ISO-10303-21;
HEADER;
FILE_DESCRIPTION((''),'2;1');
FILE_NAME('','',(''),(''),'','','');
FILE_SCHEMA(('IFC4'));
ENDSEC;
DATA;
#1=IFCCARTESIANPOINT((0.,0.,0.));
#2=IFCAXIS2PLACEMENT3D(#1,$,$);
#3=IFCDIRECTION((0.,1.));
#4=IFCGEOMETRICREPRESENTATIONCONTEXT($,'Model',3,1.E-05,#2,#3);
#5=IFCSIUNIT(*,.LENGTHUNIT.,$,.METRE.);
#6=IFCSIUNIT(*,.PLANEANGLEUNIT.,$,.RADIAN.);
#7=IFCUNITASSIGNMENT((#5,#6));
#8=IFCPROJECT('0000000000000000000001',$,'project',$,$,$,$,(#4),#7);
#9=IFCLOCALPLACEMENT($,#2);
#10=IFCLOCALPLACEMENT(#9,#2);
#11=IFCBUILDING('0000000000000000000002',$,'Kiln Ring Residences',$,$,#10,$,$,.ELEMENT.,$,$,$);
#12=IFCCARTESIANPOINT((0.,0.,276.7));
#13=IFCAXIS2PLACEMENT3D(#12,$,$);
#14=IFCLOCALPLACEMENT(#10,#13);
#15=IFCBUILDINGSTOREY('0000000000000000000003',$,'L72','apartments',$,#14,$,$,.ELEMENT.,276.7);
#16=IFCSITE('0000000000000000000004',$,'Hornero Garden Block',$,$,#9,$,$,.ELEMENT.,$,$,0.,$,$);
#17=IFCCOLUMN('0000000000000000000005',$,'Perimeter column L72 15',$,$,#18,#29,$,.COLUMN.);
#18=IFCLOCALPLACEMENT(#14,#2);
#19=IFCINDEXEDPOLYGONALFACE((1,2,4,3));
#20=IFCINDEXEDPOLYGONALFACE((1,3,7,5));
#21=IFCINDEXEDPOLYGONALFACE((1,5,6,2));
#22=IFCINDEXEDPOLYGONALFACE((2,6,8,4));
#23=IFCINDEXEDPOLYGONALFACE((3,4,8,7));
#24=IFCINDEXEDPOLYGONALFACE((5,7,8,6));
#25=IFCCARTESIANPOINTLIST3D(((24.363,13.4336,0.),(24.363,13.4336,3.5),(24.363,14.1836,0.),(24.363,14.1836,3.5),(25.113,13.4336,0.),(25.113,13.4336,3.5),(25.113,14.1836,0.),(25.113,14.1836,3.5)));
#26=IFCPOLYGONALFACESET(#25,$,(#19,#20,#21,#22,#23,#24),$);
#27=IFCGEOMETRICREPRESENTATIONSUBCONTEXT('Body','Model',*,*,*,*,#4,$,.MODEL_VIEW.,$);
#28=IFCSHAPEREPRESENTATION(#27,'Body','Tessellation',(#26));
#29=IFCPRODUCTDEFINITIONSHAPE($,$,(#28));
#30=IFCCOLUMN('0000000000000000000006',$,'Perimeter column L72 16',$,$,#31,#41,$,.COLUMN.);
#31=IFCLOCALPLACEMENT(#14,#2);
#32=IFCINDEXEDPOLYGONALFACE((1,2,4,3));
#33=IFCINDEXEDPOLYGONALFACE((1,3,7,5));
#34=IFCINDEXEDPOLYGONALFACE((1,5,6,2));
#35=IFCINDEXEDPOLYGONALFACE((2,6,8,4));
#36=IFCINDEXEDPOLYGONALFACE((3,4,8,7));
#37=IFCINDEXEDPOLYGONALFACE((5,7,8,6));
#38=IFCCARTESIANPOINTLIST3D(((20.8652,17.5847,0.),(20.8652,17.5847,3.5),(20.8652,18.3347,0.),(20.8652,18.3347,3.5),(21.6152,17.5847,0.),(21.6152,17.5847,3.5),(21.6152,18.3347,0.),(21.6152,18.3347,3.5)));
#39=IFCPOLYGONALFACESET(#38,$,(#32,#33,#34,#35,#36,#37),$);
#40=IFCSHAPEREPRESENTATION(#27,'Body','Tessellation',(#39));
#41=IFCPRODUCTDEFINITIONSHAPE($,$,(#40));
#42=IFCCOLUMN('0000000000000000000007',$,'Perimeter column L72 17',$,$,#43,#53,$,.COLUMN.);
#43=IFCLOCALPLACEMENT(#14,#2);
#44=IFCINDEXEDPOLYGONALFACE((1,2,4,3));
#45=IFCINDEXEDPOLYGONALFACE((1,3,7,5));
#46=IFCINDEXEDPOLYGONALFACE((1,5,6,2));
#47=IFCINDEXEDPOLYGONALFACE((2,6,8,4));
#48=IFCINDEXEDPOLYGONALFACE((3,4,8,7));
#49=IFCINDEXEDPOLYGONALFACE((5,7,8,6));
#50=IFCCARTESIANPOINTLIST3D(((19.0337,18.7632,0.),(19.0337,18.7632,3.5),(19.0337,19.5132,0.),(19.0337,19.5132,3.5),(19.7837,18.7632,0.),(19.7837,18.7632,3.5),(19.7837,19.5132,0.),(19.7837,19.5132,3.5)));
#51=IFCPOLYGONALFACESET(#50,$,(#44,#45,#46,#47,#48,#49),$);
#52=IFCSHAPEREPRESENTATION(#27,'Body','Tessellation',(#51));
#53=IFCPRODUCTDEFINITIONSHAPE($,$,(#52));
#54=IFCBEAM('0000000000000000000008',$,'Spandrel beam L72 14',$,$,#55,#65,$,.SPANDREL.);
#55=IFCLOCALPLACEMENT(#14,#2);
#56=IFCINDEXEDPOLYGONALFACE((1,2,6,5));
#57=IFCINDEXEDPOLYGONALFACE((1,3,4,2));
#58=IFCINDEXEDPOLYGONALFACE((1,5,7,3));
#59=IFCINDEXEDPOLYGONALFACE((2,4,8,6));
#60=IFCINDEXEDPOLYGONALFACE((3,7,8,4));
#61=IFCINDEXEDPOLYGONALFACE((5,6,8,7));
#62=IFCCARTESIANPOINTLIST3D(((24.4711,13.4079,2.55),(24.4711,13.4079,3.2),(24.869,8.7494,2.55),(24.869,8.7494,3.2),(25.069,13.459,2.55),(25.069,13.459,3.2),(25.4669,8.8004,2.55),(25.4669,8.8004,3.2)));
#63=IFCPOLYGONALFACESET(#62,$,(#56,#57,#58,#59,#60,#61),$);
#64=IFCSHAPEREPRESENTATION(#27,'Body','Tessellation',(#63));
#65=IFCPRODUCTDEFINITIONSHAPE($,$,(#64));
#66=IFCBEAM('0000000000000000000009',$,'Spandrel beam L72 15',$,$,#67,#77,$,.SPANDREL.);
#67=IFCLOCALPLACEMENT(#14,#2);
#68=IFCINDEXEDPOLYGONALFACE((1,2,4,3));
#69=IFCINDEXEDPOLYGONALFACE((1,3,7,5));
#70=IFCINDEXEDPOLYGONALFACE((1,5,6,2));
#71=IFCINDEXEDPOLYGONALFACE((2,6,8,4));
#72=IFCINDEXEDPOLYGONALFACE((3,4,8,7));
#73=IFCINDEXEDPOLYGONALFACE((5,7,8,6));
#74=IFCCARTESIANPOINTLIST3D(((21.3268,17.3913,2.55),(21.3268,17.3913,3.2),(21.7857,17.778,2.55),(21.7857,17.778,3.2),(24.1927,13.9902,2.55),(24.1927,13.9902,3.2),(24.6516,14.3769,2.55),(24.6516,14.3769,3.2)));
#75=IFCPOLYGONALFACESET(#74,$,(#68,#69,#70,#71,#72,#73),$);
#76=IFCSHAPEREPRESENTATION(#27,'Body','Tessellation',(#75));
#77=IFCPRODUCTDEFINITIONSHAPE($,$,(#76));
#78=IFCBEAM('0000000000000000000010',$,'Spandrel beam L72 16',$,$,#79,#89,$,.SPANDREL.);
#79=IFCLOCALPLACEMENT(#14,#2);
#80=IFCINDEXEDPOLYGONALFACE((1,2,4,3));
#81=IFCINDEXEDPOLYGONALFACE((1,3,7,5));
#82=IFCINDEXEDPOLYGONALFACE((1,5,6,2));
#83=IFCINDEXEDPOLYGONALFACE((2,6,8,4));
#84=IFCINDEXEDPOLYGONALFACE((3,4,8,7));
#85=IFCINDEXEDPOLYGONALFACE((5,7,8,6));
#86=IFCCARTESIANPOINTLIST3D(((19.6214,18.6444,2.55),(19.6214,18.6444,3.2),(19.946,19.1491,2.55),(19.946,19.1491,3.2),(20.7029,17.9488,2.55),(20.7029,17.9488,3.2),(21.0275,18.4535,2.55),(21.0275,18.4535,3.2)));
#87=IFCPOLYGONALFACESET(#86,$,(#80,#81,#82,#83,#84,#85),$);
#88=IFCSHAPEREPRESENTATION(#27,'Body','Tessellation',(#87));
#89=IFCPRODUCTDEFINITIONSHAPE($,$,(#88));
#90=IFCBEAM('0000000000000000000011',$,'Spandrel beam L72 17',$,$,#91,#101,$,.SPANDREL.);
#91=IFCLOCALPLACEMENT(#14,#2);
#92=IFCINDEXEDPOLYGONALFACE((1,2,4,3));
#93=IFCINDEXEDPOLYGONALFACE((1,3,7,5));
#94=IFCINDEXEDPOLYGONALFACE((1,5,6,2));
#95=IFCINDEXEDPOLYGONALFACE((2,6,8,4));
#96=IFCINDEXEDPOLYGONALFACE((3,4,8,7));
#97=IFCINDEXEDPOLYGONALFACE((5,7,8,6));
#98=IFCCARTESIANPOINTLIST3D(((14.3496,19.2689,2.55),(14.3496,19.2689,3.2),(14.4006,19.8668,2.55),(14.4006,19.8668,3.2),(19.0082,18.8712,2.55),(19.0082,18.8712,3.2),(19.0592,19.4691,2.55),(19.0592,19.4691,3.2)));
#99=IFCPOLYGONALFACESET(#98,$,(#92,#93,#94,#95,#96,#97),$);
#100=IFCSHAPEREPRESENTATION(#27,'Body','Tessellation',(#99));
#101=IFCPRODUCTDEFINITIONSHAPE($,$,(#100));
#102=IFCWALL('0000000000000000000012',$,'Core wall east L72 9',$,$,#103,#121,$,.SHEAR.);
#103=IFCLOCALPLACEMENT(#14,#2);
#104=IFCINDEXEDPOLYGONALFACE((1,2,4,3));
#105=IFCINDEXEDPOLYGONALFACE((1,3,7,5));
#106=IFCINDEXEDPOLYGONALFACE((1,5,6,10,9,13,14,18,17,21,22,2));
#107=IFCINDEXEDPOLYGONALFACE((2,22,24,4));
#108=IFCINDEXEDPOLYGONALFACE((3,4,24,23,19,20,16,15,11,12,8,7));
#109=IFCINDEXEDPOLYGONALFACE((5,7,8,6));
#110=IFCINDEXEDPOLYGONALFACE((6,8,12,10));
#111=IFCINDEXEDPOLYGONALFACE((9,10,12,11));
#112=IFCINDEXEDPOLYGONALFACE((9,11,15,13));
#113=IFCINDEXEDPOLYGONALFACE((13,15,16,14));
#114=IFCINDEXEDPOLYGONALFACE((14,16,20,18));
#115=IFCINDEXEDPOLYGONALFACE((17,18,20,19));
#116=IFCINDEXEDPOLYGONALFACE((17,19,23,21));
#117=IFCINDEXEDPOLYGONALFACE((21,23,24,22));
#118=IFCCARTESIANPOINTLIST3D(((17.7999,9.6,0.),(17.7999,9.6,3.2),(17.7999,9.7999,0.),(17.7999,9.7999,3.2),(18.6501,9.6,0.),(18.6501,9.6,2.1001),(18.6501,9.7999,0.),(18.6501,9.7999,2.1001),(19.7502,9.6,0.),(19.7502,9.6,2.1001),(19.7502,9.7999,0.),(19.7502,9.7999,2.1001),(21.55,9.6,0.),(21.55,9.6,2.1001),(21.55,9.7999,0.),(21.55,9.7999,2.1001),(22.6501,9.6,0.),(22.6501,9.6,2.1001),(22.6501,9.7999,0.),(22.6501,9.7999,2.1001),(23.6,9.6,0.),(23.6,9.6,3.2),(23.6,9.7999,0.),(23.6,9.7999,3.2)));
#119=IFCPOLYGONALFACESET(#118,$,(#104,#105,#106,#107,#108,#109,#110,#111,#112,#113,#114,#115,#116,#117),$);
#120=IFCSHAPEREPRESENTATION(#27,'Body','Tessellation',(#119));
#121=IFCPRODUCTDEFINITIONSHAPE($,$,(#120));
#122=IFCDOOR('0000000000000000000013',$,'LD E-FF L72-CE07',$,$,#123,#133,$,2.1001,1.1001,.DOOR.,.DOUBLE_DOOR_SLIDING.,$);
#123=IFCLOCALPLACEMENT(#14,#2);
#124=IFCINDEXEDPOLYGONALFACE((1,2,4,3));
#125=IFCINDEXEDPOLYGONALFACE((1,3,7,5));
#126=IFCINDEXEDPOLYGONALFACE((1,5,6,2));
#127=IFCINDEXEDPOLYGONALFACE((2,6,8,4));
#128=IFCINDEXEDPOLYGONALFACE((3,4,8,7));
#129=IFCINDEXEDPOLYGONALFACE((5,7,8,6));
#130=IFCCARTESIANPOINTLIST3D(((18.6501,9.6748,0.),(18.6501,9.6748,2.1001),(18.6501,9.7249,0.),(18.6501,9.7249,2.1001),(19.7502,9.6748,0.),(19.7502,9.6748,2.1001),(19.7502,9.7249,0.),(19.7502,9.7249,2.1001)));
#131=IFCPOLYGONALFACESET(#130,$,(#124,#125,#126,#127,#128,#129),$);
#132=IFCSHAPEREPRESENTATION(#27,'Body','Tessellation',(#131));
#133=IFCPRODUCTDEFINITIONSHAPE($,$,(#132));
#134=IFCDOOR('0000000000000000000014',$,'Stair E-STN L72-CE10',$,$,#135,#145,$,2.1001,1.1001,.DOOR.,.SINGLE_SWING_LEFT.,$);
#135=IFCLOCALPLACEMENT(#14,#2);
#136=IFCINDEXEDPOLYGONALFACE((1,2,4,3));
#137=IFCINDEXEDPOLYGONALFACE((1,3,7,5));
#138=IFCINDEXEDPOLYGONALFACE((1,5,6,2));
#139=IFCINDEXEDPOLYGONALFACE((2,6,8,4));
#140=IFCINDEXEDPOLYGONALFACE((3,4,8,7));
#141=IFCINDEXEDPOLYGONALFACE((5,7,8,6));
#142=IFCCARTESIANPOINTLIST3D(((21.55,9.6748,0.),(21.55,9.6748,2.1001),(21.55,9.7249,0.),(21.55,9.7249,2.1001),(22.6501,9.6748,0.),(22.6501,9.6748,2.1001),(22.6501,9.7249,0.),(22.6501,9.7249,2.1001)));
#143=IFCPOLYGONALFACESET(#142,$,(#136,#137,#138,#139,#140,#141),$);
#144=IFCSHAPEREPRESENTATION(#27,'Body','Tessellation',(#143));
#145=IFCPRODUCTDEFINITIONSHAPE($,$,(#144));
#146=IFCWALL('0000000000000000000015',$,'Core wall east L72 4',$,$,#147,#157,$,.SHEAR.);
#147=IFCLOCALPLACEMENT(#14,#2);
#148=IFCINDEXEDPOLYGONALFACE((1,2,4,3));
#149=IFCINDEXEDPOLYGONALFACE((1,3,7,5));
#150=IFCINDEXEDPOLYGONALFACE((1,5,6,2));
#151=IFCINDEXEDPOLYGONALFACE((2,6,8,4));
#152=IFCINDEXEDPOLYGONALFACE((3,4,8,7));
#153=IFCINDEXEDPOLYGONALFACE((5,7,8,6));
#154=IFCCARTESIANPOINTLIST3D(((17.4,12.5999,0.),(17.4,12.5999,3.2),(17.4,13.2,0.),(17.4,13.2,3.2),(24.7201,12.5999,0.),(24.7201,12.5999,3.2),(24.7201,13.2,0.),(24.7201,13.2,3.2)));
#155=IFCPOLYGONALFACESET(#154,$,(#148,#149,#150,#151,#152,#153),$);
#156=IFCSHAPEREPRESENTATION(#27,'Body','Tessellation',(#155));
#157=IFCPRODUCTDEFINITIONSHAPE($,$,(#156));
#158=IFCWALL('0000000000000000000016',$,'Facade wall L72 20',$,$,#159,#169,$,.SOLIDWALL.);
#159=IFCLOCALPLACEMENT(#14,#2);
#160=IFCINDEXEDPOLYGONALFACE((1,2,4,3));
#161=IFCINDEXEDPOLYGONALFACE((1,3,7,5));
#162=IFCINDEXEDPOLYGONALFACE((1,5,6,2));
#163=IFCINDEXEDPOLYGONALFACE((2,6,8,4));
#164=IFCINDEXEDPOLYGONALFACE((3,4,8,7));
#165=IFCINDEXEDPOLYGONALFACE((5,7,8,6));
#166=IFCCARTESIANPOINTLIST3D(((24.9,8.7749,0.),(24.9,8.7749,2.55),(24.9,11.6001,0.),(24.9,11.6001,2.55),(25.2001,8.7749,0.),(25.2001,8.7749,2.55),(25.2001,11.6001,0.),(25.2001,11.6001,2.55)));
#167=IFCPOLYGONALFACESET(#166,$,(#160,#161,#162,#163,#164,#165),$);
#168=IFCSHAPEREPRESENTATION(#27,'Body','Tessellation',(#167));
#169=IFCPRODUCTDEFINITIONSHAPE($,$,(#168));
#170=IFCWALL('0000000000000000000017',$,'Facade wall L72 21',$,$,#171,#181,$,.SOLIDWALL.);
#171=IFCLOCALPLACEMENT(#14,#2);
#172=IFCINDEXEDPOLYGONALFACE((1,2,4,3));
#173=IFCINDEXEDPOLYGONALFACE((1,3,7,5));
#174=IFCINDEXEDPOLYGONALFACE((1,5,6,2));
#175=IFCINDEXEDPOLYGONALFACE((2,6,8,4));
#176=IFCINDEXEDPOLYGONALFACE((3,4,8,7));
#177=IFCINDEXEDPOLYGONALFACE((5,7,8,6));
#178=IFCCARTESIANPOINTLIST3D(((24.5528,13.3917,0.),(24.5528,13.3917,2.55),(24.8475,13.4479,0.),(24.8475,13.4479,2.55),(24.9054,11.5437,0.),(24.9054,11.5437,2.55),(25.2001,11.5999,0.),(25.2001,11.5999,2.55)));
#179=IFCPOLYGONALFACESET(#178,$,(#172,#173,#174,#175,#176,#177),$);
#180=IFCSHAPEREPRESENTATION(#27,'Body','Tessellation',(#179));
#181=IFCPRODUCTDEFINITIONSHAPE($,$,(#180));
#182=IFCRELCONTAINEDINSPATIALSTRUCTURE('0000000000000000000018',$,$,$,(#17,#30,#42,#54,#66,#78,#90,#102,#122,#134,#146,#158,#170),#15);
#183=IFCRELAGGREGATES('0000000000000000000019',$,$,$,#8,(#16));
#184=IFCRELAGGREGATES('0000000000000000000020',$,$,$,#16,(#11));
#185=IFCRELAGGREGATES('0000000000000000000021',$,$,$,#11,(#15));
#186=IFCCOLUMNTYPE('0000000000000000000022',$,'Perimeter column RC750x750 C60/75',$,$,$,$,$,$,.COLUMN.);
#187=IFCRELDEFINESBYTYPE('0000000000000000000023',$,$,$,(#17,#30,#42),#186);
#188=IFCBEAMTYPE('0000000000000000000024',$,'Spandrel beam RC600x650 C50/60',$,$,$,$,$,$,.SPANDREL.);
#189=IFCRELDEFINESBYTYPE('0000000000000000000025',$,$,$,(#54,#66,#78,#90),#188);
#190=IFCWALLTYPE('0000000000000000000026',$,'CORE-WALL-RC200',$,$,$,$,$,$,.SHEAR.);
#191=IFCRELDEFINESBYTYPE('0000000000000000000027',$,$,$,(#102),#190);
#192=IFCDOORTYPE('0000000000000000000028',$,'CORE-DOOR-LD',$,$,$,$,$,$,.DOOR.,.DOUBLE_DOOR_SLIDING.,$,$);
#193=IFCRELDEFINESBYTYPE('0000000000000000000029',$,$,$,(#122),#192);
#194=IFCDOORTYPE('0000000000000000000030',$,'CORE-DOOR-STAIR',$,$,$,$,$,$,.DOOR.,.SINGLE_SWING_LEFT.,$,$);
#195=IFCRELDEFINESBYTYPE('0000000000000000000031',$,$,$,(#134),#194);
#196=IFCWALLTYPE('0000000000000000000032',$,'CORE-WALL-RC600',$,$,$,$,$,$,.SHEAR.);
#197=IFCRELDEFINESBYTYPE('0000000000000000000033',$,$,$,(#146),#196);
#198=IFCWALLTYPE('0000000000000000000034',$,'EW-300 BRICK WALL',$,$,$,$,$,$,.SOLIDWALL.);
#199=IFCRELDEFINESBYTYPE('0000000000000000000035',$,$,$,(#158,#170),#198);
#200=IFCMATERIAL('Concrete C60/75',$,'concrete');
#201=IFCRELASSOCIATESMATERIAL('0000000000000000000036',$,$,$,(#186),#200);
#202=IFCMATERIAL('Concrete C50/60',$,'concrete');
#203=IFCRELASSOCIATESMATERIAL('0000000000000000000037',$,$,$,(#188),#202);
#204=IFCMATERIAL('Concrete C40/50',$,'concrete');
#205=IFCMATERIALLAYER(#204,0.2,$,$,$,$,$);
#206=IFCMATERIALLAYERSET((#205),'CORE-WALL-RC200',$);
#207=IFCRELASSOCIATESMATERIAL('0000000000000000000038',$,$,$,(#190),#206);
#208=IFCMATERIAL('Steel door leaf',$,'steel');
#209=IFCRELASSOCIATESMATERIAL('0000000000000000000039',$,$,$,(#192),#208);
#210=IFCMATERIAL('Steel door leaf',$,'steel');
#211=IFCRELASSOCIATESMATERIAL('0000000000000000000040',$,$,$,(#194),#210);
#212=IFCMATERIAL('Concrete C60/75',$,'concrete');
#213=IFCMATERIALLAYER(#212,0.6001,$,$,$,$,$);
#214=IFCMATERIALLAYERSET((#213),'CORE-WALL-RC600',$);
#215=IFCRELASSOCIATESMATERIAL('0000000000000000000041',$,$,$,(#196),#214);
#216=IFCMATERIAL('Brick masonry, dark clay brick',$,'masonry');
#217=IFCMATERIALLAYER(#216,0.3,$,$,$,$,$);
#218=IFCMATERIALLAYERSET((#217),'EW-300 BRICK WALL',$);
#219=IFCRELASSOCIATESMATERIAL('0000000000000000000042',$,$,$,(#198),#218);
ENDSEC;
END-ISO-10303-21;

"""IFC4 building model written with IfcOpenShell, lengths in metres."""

from ifc_helpers import new_model, si_unit, direction, frame, frame_2d, origin, origin_2d, place, context, subcontext, project, spatial, rectangle, extrude, material, layer, layer_set, material_profile, profile_set, type_object, element, fill, save


model = new_model("IFC4")

# Units and contexts
model_context = context("Model", 3, precision=1e-05, world=origin(), true_north=direction((0.0, 1.0)))
body_context = subcontext(model_context, "Body", "Model", "MODEL_VIEW")
ifc_project = project(units=[si_unit("LENGTHUNIT", "METRE"), si_unit("PLANEANGLEUNIT", "RADIAN")], contexts=[model_context])

# Site, building, storey
site_placement = place(None, origin())
site = spatial("IfcSite", under=ifc_project, at=site_placement, Name="Hornero Garden Block", CompositionType="ELEMENT", RefElevation=0.0)
building_placement = place(site_placement, origin())
building = spatial("IfcBuilding", under=site, at=building_placement, Name="Kiln Ring Residences", CompositionType="ELEMENT")
storey_placement = place(building_placement, frame((0.0, 0.0, 276.7)))
storey = spatial("IfcBuildingStorey", under=building, at=storey_placement, Name="L72", Description="apartments", CompositionType="ELEMENT", Elevation=276.7)

# Columns
ifc_material_1 = material(Name="Concrete C60/75", Category="concrete")
ifc_material_profile_1 = material_profile(ifc_material_1, rectangle(XDim=0.75, YDim=0.75, at=origin_2d()), Name="RC750x750")
ifc_profile_set_1 = profile_set([ifc_material_profile_1], Name="Concrete C60/75")
column_type = type_object("IfcColumnType", Name="Perimeter column RC750x750 C60/75", PredefinedType="COLUMN", material=ifc_profile_set_1)
for number, where, z_axis, x_axis, name in (
    (1, (24.738, 13.8086, 0.0), (0.0, 0.0, 1.0), (1.0, 0.0, 0.0), "Perimeter column L72 15"),
    (2, (21.2402, 17.9597, 0.0), (0.0, 0.0, 1.0), (1.0, 0.0, 0.0), "Perimeter column L72 16"),
    (3, (19.4087, 19.1382, 0.0), (0.0, 0.0, 1.0), (1.0, 0.0, 0.0), "Perimeter column L72 17"),
):
    element("IfcColumn", number, at=place(storey_placement, frame(where, z_axis=z_axis, x_axis=x_axis)), inside=storey, type_object=column_type, Name=name, PredefinedType="COLUMN", context=body_context, shape_type="SweptSolid", body=[
        extrude(rectangle(XDim=0.75, YDim=0.75, at=origin_2d()), origin(), (0.0, 0.0, 1.0), 3.5),
    ])

# Beams
ifc_material_2 = material(Name="Concrete C50/60", Category="concrete")
ifc_material_profile_2 = material_profile(ifc_material_2, rectangle(XDim=0.6001, YDim=0.6499, at=origin_2d()), Name="RC600x650")
ifc_profile_set_2 = profile_set([ifc_material_profile_2], Name="Concrete C50/60")
beam_type = type_object("IfcBeamType", Name="Spandrel beam RC600x650 C50/60", PredefinedType="SPANDREL", material=ifc_profile_set_2)
beam_1_placement = place(storey_placement, frame((25.168, 8.7749, 2.875), z_axis=(-0.085111, 0.996371, 0.0), x_axis=(-0.996371, -0.085111, 0.0)))
element("IfcBeam", 4, at=beam_1_placement, inside=storey, type_object=beam_type, Name="Spandrel beam L72 14", PredefinedType="SPANDREL", context=body_context, shape_type="SweptSolid", body=[
    extrude(rectangle(XDim=0.6001, YDim=0.6499, at=origin_2d()), origin(), (0.0, 0.0, 1.0), 4.6755),
])
beam_2_placement = place(storey_placement, frame((24.4221, 14.1836, 2.875), z_axis=(-0.644381, 0.764705, 0.0), x_axis=(-0.764705, -0.644381, 0.0)))
element("IfcBeam", 5, at=beam_2_placement, inside=storey, type_object=beam_type, Name="Spandrel beam L72 15", PredefinedType="SPANDREL", context=body_context, shape_type="SweptSolid", body=[
    extrude(rectangle(XDim=0.6001, YDim=0.6499, at=origin_2d()), origin(), (0.0, 0.0, 1.0), 4.4475),
])
beam_3_placement = place(storey_placement, frame((20.8652, 18.2012, 2.875), z_axis=(-0.84108, 0.540911, 0.0), x_axis=(-0.540911, -0.84108, 0.0)))
element("IfcBeam", 6, at=beam_3_placement, inside=storey, type_object=beam_type, Name="Spandrel beam L72 16", PredefinedType="SPANDREL", context=body_context, shape_type="SweptSolid", body=[
    extrude(rectangle(XDim=0.6001, YDim=0.6499, at=origin_2d()), origin(), (0.0, 0.0, 1.0), 1.2859),
])
beam_4_placement = place(storey_placement, frame((19.0337, 19.1702, 2.875), z_axis=(-0.996376, 0.085059, 0.0), x_axis=(-0.085059, -0.996376, 0.0)))
element("IfcBeam", 7, at=beam_4_placement, inside=storey, type_object=beam_type, Name="Spandrel beam L72 17", PredefinedType="SPANDREL", context=body_context, shape_type="SweptSolid", body=[
    extrude(rectangle(XDim=0.6001, YDim=0.6499, at=origin_2d()), origin(), (0.0, 0.0, 1.0), 4.6755),
])

# Wall, openings, doors
ifc_material_3 = material(Name="Concrete C40/50", Category="concrete")
ifc_layer_1 = layer(ifc_material_3, 0.2)
ifc_layer_set_1 = layer_set([ifc_layer_1], Name="CORE-WALL-RC200")
wall_type_1 = type_object("IfcWallType", Name="CORE-WALL-RC200", PredefinedType="SHEAR", material=ifc_layer_set_1)
wall_1_placement = place(storey_placement, frame((17.8, 9.7, 0.0), z_axis=(0.0, 0.0, 1.0), x_axis=(1.0, 0.0, 0.0)))
wall_1 = element("IfcWall", 8, at=wall_1_placement, inside=storey, type_object=wall_type_1, Name="Core wall east L72 9", PredefinedType="SHEAR", context=body_context, shape_type="SweptSolid", body=[
    extrude(rectangle(XDim=5.8, YDim=0.2, at=frame_2d((2.8999, 0.0))), origin(), (0.0, 0.0, 1.0), 3.2),
])
opening_1_placement = place(wall_1_placement, frame((0.8501, 0.0, 0.0)))
opening_1 = element("IfcOpeningElement", 9, at=opening_1_placement, cuts=wall_1, PredefinedType="OPENING", context=body_context, shape_type="SweptSolid", body=[
    extrude(rectangle(XDim=1.1001, YDim=2.1001, at=frame_2d((0.55, 1.05))), frame((0.0, 0.1099, 0.0), z_axis=(0.0, -1.0, 0.0), x_axis=(1.0, 0.0, 0.0)), (0.0, 0.0, 1.0), 0.22),
])
opening_2_placement = place(wall_1_placement, frame((3.75, 0.0, 0.0)))
opening_2 = element("IfcOpeningElement", 10, at=opening_2_placement, cuts=wall_1, PredefinedType="OPENING", context=body_context, shape_type="SweptSolid", body=[
    extrude(rectangle(XDim=1.1001, YDim=2.1001, at=frame_2d((0.55, 1.05))), frame((0.0, 0.1099, 0.0), z_axis=(0.0, -1.0, 0.0), x_axis=(1.0, 0.0, 0.0)), (0.0, 0.0, 1.0), 0.22),
])
ifc_material_4 = material(Name="Steel door leaf", Category="steel")
door_type_1 = type_object("IfcDoorType", Name="CORE-DOOR-LD", OperationType="DOUBLE_DOOR_SLIDING", PredefinedType="DOOR", material=ifc_material_4)
door_1_placement = place(opening_1_placement, origin())
door_1 = element("IfcDoor", 11, at=door_1_placement, inside=storey, type_object=door_type_1, Name="LD E-FF L72-CE07", OperationType="DOUBLE_DOOR_SLIDING", OverallHeight=2.1001, OverallWidth=1.1001, PredefinedType="DOOR", context=body_context, shape_type="SweptSolid", body=[
    extrude(rectangle(XDim=1.1001, YDim=2.1001, at=frame_2d((0.55, 1.05))), frame((0.0, 0.0249, 0.0), z_axis=(0.0, -1.0, 0.0), x_axis=(1.0, 0.0, 0.0)), (0.0, 0.0, 1.0), 0.05),
])
fill(opening_1, door_1)
ifc_material_5 = material(Name="Steel door leaf", Category="steel")
door_type_2 = type_object("IfcDoorType", Name="CORE-DOOR-STAIR", OperationType="SINGLE_SWING_LEFT", PredefinedType="DOOR", material=ifc_material_5)
door_2_placement = place(opening_2_placement, origin())
door_2 = element("IfcDoor", 12, at=door_2_placement, inside=storey, type_object=door_type_2, Name="Stair E-STN L72-CE10", OperationType="SINGLE_SWING_LEFT", OverallHeight=2.1001, OverallWidth=1.1001, PredefinedType="DOOR", context=body_context, shape_type="SweptSolid", body=[
    extrude(rectangle(XDim=1.1001, YDim=2.1001, at=frame_2d((0.55, 1.05))), frame((0.0, 0.0249, 0.0), z_axis=(0.0, -1.0, 0.0), x_axis=(1.0, 0.0, 0.0)), (0.0, 0.0, 1.0), 0.05),
])
fill(opening_2, door_2)

# Walls
ifc_material_6 = material(Name="Concrete C60/75", Category="concrete")
ifc_layer_2 = layer(ifc_material_6, 0.6001)
ifc_layer_set_2 = layer_set([ifc_layer_2], Name="CORE-WALL-RC600")
wall_type_2 = type_object("IfcWallType", Name="CORE-WALL-RC600", PredefinedType="SHEAR", material=ifc_layer_set_2)
wall_2_placement = place(storey_placement, frame((17.3999, 12.8999, 0.0), z_axis=(0.0, 0.0, 1.0), x_axis=(1.0, 0.0, 0.0)))
element("IfcWall", 13, at=wall_2_placement, inside=storey, type_object=wall_type_2, Name="Core wall east L72 4", PredefinedType="SHEAR", context=body_context, shape_type="SweptSolid", body=[
    extrude(rectangle(XDim=7.3201, YDim=0.6001, at=frame_2d((3.6602, 0.0))), origin(), (0.0, 0.0, 1.0), 3.2),
])
ifc_material_7 = material(Name="Brick masonry, dark clay brick", Category="masonry")
ifc_layer_3 = layer(ifc_material_7, 0.3)
ifc_layer_set_3 = layer_set([ifc_layer_3], Name="EW-300 BRICK WALL")
wall_type_3 = type_object("IfcWallType", Name="EW-300 BRICK WALL", PredefinedType="SOLIDWALL", material=ifc_layer_set_3)
wall_3_placement = place(storey_placement, frame((25.05, 8.7749, 0.0), z_axis=(0.0, 0.0, 1.0), x_axis=(0.0, 1.0, 0.0)))
element("IfcWall", 14, at=wall_3_placement, inside=storey, type_object=wall_type_3, Name="Facade wall L72 20", PredefinedType="SOLIDWALL", context=body_context, shape_type="SweptSolid", body=[
    extrude(rectangle(XDim=2.8252, YDim=0.3, at=frame_2d((1.4126, 0.0))), origin(), (0.0, 0.0, 1.0), 2.55),
])
wall_4_placement = place(storey_placement, frame((25.0527, 11.5718, 0.0), z_axis=(0.0, 0.0, 1.0), x_axis=(-0.187398, 0.982284, 0.0)))
element("IfcWall", 15, at=wall_4_placement, inside=storey, type_object=wall_type_3, Name="Facade wall L72 21", PredefinedType="SOLIDWALL", context=body_context, shape_type="SweptSolid", body=[
    extrude(rectangle(XDim=1.8813, YDim=0.3, at=frame_2d((0.9407, 0.0))), origin(), (0.0, 0.0, 1.0), 2.55),
])

save(model, "model.ifc")
